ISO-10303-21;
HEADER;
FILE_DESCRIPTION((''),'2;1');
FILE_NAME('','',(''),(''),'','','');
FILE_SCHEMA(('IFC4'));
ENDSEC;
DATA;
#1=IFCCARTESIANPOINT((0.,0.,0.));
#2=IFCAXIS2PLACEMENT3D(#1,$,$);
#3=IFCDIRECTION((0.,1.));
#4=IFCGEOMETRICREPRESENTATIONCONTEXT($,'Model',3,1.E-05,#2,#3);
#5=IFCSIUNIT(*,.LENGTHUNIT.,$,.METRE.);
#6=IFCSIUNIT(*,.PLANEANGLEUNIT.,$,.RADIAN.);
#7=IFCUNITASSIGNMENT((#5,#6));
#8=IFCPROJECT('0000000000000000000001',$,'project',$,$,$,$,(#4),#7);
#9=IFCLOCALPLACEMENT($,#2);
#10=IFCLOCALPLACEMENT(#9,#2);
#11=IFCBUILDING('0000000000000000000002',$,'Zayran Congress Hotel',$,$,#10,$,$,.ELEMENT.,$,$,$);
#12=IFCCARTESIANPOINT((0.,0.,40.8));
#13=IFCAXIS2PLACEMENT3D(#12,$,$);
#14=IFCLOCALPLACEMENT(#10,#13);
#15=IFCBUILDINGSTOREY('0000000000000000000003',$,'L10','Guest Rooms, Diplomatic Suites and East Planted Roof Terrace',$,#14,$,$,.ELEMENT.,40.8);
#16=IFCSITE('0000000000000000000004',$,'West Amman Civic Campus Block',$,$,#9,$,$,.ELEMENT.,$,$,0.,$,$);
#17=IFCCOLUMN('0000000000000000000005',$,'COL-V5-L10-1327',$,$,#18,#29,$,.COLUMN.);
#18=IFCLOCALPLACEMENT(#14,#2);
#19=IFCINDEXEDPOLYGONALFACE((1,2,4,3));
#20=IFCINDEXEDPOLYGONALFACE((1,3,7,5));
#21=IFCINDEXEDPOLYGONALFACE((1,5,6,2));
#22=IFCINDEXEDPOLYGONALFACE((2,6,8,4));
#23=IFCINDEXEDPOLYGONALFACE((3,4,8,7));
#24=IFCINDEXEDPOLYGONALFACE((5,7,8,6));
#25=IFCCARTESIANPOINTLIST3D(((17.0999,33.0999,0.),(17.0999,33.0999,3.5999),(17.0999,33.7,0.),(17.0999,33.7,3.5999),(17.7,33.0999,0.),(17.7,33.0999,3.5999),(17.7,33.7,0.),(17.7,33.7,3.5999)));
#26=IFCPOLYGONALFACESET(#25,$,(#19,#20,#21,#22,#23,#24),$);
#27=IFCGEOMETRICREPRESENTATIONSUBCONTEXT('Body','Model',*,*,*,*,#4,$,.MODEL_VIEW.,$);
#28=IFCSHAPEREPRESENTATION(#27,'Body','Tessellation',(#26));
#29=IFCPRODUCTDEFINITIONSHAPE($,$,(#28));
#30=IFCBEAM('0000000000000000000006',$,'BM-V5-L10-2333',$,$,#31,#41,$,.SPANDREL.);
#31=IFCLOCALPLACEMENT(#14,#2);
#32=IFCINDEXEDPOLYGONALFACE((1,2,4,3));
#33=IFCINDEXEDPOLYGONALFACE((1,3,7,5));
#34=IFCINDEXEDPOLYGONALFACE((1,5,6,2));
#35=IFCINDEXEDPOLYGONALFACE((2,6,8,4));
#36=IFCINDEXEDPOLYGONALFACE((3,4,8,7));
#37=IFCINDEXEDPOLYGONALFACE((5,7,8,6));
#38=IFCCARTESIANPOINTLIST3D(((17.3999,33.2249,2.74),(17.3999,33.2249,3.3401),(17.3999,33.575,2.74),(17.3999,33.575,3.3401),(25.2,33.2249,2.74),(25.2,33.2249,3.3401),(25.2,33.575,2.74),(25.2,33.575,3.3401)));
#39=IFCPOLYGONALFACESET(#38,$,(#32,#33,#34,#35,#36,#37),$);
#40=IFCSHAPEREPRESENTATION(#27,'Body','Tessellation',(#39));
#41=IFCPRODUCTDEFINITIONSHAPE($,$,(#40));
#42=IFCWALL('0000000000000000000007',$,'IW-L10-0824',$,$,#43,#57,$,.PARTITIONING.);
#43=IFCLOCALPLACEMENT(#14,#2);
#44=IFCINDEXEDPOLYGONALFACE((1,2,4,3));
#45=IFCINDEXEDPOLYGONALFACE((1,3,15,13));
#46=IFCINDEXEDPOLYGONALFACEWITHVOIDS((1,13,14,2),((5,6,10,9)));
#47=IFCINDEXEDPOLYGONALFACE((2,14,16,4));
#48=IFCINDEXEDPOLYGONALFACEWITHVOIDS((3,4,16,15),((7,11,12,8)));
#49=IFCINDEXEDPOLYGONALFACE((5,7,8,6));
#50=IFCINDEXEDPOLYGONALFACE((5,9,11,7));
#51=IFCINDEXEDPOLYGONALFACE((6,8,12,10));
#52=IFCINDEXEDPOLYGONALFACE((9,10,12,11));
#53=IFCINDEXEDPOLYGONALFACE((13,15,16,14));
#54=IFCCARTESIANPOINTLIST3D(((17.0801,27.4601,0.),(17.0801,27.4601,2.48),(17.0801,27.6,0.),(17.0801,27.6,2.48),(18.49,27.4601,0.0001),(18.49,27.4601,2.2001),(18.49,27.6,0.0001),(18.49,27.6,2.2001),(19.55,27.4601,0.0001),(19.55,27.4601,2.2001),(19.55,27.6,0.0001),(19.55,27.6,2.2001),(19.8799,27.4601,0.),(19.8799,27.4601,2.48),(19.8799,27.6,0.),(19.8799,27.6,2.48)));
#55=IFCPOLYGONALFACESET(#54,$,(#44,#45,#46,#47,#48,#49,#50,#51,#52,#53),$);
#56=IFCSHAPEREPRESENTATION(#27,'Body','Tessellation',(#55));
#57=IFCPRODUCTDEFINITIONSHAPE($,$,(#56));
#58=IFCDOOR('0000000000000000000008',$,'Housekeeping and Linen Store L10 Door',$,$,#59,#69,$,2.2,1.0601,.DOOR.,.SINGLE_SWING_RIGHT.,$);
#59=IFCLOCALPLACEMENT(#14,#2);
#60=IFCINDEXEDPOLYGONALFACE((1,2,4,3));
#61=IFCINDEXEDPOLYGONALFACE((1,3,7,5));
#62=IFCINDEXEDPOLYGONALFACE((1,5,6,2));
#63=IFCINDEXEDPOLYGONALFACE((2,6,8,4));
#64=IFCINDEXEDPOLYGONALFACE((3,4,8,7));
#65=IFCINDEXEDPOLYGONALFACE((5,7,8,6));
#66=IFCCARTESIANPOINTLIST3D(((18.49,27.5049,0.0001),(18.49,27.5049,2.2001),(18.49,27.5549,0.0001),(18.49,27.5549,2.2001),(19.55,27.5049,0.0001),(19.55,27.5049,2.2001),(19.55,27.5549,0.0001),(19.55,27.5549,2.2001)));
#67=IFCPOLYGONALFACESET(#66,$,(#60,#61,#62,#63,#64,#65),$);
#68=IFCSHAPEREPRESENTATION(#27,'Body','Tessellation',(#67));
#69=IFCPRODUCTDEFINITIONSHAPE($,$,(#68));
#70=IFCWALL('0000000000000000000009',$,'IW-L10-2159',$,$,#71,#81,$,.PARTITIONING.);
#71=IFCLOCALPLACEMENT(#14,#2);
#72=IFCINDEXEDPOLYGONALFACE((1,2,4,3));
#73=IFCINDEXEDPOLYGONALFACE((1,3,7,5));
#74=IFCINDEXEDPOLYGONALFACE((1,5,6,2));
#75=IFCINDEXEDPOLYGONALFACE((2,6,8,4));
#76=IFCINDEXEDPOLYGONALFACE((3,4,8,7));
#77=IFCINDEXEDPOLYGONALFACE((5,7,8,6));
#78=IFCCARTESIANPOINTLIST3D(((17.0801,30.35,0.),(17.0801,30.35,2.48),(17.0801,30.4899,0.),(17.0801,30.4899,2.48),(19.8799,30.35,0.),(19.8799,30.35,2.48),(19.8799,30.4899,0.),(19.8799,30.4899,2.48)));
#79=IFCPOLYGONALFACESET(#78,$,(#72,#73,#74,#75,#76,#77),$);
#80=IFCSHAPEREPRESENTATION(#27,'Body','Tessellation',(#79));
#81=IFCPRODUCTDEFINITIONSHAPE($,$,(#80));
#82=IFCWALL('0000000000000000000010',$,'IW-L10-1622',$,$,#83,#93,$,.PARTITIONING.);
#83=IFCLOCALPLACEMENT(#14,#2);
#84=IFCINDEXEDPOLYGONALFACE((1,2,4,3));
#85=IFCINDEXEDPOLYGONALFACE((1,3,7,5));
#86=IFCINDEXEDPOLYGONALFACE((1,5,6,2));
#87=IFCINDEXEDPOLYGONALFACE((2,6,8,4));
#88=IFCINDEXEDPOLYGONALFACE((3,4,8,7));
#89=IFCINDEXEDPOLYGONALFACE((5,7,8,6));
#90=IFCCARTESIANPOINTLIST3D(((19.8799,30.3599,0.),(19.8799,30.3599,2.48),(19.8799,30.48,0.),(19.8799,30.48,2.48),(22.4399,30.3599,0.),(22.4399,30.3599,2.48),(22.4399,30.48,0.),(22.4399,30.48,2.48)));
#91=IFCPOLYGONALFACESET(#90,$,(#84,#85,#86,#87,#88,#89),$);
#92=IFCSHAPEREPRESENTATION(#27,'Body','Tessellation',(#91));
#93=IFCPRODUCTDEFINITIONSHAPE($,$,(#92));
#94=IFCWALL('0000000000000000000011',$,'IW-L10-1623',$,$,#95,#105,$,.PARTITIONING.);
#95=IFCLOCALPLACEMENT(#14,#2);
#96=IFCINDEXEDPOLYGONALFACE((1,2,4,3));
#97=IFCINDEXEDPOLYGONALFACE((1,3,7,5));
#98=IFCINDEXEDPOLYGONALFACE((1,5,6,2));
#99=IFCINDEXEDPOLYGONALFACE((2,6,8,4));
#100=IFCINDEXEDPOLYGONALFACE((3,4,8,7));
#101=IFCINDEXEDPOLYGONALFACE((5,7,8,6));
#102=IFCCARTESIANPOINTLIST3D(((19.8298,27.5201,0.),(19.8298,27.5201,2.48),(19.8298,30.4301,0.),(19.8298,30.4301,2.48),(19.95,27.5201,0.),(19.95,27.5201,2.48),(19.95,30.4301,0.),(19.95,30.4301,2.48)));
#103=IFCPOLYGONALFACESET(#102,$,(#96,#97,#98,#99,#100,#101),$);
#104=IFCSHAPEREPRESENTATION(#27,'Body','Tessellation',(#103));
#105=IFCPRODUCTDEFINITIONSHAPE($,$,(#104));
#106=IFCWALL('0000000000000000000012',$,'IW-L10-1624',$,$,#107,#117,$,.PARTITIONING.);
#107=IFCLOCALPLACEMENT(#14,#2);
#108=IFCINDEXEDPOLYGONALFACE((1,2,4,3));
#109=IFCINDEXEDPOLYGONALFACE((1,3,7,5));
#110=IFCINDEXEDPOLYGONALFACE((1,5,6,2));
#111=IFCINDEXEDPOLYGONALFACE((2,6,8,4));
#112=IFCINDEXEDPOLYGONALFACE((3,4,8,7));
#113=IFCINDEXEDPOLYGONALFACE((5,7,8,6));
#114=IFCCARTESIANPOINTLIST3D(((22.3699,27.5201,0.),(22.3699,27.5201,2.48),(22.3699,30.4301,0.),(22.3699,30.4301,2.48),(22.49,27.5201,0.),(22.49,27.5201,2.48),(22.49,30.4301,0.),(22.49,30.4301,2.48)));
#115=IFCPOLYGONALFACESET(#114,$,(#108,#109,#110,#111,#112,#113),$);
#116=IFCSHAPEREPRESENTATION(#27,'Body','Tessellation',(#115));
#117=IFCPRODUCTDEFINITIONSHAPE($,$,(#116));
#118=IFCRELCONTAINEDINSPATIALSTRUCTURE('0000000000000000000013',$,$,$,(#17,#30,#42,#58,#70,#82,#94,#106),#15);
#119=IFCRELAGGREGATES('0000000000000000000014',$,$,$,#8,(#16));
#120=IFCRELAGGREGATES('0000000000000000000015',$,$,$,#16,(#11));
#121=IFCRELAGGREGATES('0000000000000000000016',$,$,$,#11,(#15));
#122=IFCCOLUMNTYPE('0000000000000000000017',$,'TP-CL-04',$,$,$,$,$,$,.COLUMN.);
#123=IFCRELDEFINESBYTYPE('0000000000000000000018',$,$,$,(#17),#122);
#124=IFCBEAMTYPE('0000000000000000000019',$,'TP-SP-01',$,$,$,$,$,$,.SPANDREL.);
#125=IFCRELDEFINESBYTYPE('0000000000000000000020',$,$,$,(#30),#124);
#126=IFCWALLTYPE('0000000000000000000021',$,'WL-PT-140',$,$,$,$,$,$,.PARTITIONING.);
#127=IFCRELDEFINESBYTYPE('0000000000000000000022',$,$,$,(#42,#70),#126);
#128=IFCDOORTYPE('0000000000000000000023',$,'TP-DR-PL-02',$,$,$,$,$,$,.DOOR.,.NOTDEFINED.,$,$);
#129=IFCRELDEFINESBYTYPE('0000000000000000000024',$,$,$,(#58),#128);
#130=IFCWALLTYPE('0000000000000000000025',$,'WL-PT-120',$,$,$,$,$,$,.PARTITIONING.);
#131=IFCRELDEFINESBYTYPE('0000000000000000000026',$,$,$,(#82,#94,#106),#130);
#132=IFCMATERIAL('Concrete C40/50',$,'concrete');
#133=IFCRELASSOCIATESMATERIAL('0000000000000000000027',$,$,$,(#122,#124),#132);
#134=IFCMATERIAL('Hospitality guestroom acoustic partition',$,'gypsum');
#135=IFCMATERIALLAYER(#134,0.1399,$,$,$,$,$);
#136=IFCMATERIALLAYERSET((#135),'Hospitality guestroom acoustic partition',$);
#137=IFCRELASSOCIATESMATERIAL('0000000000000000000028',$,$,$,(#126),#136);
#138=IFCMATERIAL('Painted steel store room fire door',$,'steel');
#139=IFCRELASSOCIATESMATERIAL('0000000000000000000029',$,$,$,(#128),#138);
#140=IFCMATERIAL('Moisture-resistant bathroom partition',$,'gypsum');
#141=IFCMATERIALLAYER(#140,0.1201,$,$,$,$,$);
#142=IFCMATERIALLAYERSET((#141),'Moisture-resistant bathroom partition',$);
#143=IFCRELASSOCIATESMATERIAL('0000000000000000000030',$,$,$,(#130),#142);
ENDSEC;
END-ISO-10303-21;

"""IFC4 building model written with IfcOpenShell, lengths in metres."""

from ifc_helpers import new_model, si_unit, direction, frame, frame_2d, origin, origin_2d, place, context, subcontext, project, spatial, rectangle, extrude, material, layer, layer_set, material_profile, profile_set, type_object, element, fill, save


model = new_model("IFC4")

# Units and contexts
model_context = context("Model", 3, precision=1e-05, world=origin(), true_north=direction((0.0, 1.0)))
body_context = subcontext(model_context, "Body", "Model", "MODEL_VIEW")
ifc_project = project(units=[si_unit("LENGTHUNIT", "METRE"), si_unit("PLANEANGLEUNIT", "RADIAN")], contexts=[model_context])

# Site, building, storey
site_placement = place(None, origin())
site = spatial("IfcSite", under=ifc_project, at=site_placement, Name="West Amman Civic Campus Block", CompositionType="ELEMENT", RefElevation=0.0)
building_placement = place(site_placement, origin())
building = spatial("IfcBuilding", under=site, at=building_placement, Name="Zayran Congress Hotel", CompositionType="ELEMENT")
storey_placement = place(building_placement, frame((0.0, 0.0, 40.8)))
storey = spatial("IfcBuildingStorey", under=building, at=storey_placement, Name="L10", Description="Guest Rooms, Diplomatic Suites and East Planted Roof Terrace", CompositionType="ELEMENT", Elevation=40.8)

# Column
ifc_material_1 = material(Name="Concrete C40/50", Category="concrete")
ifc_material_profile_1 = material_profile(ifc_material_1, rectangle(XDim=0.6001, YDim=0.6001, at=origin_2d()), Name="RC 600x600")
ifc_profile_set_1 = profile_set([ifc_material_profile_1], Name="Concrete C40/50")
column_type = type_object("IfcColumnType", Name="TP-CL-04", PredefinedType="COLUMN", material=ifc_profile_set_1)
column_placement = place(storey_placement, frame((17.3999, 33.3999, 0.0), z_axis=(0.0, 0.0, 1.0), x_axis=(1.0, 0.0, 0.0)))
element("IfcColumn", 1, at=column_placement, inside=storey, type_object=column_type, Name="COL-V5-L10-1327", PredefinedType="COLUMN", context=body_context, shape_type="SweptSolid", body=[
    extrude(rectangle(XDim=0.6001, YDim=0.6001, at=origin_2d()), origin(), (0.0, 0.0, 1.0), 3.5999),
])

# Beam
ifc_material_profile_2 = material_profile(ifc_material_1, rectangle(XDim=0.3501, YDim=0.6001, at=origin_2d()), Name="RC 350x600")
ifc_profile_set_2 = profile_set([ifc_material_profile_2], Name="Concrete C40/50")
beam_type = type_object("IfcBeamType", Name="TP-SP-01", PredefinedType="SPANDREL", material=ifc_profile_set_2)
beam_placement = place(storey_placement, frame((17.3999, 33.3999, 3.04), z_axis=(1.0, 0.0, 0.0), x_axis=(0.0, 1.0, 0.0)))
element("IfcBeam", 2, at=beam_placement, inside=storey, type_object=beam_type, Name="BM-V5-L10-2333", PredefinedType="SPANDREL", context=body_context, shape_type="SweptSolid", body=[
    extrude(rectangle(XDim=0.3501, YDim=0.6001, at=origin_2d()), origin(), (0.0, 0.0, 1.0), 7.8),
])

# Wall, opening, door
ifc_material_2 = material(Name="Hospitality guestroom acoustic partition", Category="gypsum")
ifc_layer_1 = layer(ifc_material_2, 0.1399)
ifc_layer_set_1 = layer_set([ifc_layer_1], Name="Hospitality guestroom acoustic partition")
wall_type_1 = type_object("IfcWallType", Name="WL-PT-140", PredefinedType="PARTITIONING", material=ifc_layer_set_1)
wall_1_placement = place(storey_placement, frame((17.0801, 27.53, 0.0), z_axis=(0.0, 0.0, 1.0), x_axis=(1.0, 0.0, 0.0)))
wall_1 = element("IfcWall", 3, at=wall_1_placement, inside=storey, type_object=wall_type_1, Name="IW-L10-0824", PredefinedType="PARTITIONING", context=body_context, shape_type="SweptSolid", body=[
    extrude(rectangle(XDim=2.7998, YDim=0.1399, at=frame_2d((1.3999, 0.0))), origin(), (0.0, 0.0, 1.0), 2.48),
])
opening_1_placement = place(wall_1_placement, frame((1.4099, 0.0, 0.0)))
opening_1 = element("IfcOpeningElement", 4, at=opening_1_placement, cuts=wall_1, PredefinedType="OPENING", context=body_context, shape_type="SweptSolid", body=[
    extrude(rectangle(XDim=1.0601, YDim=2.2, at=frame_2d((0.53, 1.1001))), frame((0.0, 0.0798, 0.0), z_axis=(0.0, -1.0, 0.0), x_axis=(1.0, 0.0, 0.0)), (0.0, 0.0, 1.0), 0.1599),
])
ifc_material_3 = material(Name="Painted steel store room fire door", Category="steel")
door_type_1 = type_object("IfcDoorType", Name="TP-DR-PL-02", OperationType="NOTDEFINED", PredefinedType="DOOR", material=ifc_material_3)
door_1_placement = place(opening_1_placement, origin())
door_1 = element("IfcDoor", 5, at=door_1_placement, inside=storey, type_object=door_type_1, Name="Housekeeping and Linen Store L10 Door", OperationType="SINGLE_SWING_RIGHT", OverallHeight=2.2, OverallWidth=1.0601, PredefinedType="DOOR", context=body_context, shape_type="SweptSolid", body=[
    extrude(rectangle(XDim=1.0601, YDim=2.2, at=frame_2d((0.53, 1.1001))), frame((0.0, 0.0249, 0.0), z_axis=(0.0, -1.0, 0.0), x_axis=(1.0, 0.0, 0.0)), (0.0, 0.0, 1.0), 0.05),
])
fill(opening_1, door_1)

# Wall
wall_2_placement = place(storey_placement, frame((17.0801, 30.4199, 0.0), z_axis=(0.0, 0.0, 1.0), x_axis=(1.0, 0.0, 0.0)))
element("IfcWall", 6, at=wall_2_placement, inside=storey, type_object=wall_type_1, Name="IW-L10-2159", PredefinedType="PARTITIONING", context=body_context, shape_type="SweptSolid", body=[
    extrude(rectangle(XDim=2.7998, YDim=0.1399, at=frame_2d((1.3999, 0.0))), origin(), (0.0, 0.0, 1.0), 2.48),
])

# Shared definitions
ifc_material_4 = material(Name="Moisture-resistant bathroom partition", Category="gypsum")
ifc_layer_2 = layer(ifc_material_4, 0.1201)
ifc_layer_set_2 = layer_set([ifc_layer_2], Name="Moisture-resistant bathroom partition")
wall_type_2 = type_object("IfcWallType", Name="WL-PT-120", PredefinedType="PARTITIONING", material=ifc_layer_set_2)

# Walls
wall_3_placement = place(storey_placement, frame((19.8799, 30.4199, 0.0), z_axis=(0.0, 0.0, 1.0), x_axis=(1.0, 0.0, 0.0)))
element("IfcWall", 7, at=wall_3_placement, inside=storey, type_object=wall_type_2, Name="IW-L10-1622", PredefinedType="PARTITIONING", context=body_context, shape_type="SweptSolid", body=[
    extrude(rectangle(XDim=2.5601, YDim=0.1201, at=frame_2d((1.28, 0.0))), origin(), (0.0, 0.0, 1.0), 2.48),
])
for number, where, z_axis, x_axis, name in (
    (8, (19.8899, 27.52, 0.0), (0.0, 0.0, 1.0), (0.0, 1.0, 0.0), "IW-L10-1623"),
    (9, (22.4299, 27.52, 0.0), (0.0, 0.0, 1.0), (0.0, 1.0, 0.0), "IW-L10-1624"),
):
    element("IfcWall", number, at=place(storey_placement, frame(where, z_axis=z_axis, x_axis=x_axis)), inside=storey, type_object=wall_type_2, Name=name, PredefinedType="PARTITIONING", context=body_context, shape_type="SweptSolid", body=[
        extrude(rectangle(XDim=2.9099, YDim=0.1201, at=frame_2d((1.4551, 0.0))), origin(), (0.0, 0.0, 1.0), 2.48),
    ])

save(model, "model.ifc")
